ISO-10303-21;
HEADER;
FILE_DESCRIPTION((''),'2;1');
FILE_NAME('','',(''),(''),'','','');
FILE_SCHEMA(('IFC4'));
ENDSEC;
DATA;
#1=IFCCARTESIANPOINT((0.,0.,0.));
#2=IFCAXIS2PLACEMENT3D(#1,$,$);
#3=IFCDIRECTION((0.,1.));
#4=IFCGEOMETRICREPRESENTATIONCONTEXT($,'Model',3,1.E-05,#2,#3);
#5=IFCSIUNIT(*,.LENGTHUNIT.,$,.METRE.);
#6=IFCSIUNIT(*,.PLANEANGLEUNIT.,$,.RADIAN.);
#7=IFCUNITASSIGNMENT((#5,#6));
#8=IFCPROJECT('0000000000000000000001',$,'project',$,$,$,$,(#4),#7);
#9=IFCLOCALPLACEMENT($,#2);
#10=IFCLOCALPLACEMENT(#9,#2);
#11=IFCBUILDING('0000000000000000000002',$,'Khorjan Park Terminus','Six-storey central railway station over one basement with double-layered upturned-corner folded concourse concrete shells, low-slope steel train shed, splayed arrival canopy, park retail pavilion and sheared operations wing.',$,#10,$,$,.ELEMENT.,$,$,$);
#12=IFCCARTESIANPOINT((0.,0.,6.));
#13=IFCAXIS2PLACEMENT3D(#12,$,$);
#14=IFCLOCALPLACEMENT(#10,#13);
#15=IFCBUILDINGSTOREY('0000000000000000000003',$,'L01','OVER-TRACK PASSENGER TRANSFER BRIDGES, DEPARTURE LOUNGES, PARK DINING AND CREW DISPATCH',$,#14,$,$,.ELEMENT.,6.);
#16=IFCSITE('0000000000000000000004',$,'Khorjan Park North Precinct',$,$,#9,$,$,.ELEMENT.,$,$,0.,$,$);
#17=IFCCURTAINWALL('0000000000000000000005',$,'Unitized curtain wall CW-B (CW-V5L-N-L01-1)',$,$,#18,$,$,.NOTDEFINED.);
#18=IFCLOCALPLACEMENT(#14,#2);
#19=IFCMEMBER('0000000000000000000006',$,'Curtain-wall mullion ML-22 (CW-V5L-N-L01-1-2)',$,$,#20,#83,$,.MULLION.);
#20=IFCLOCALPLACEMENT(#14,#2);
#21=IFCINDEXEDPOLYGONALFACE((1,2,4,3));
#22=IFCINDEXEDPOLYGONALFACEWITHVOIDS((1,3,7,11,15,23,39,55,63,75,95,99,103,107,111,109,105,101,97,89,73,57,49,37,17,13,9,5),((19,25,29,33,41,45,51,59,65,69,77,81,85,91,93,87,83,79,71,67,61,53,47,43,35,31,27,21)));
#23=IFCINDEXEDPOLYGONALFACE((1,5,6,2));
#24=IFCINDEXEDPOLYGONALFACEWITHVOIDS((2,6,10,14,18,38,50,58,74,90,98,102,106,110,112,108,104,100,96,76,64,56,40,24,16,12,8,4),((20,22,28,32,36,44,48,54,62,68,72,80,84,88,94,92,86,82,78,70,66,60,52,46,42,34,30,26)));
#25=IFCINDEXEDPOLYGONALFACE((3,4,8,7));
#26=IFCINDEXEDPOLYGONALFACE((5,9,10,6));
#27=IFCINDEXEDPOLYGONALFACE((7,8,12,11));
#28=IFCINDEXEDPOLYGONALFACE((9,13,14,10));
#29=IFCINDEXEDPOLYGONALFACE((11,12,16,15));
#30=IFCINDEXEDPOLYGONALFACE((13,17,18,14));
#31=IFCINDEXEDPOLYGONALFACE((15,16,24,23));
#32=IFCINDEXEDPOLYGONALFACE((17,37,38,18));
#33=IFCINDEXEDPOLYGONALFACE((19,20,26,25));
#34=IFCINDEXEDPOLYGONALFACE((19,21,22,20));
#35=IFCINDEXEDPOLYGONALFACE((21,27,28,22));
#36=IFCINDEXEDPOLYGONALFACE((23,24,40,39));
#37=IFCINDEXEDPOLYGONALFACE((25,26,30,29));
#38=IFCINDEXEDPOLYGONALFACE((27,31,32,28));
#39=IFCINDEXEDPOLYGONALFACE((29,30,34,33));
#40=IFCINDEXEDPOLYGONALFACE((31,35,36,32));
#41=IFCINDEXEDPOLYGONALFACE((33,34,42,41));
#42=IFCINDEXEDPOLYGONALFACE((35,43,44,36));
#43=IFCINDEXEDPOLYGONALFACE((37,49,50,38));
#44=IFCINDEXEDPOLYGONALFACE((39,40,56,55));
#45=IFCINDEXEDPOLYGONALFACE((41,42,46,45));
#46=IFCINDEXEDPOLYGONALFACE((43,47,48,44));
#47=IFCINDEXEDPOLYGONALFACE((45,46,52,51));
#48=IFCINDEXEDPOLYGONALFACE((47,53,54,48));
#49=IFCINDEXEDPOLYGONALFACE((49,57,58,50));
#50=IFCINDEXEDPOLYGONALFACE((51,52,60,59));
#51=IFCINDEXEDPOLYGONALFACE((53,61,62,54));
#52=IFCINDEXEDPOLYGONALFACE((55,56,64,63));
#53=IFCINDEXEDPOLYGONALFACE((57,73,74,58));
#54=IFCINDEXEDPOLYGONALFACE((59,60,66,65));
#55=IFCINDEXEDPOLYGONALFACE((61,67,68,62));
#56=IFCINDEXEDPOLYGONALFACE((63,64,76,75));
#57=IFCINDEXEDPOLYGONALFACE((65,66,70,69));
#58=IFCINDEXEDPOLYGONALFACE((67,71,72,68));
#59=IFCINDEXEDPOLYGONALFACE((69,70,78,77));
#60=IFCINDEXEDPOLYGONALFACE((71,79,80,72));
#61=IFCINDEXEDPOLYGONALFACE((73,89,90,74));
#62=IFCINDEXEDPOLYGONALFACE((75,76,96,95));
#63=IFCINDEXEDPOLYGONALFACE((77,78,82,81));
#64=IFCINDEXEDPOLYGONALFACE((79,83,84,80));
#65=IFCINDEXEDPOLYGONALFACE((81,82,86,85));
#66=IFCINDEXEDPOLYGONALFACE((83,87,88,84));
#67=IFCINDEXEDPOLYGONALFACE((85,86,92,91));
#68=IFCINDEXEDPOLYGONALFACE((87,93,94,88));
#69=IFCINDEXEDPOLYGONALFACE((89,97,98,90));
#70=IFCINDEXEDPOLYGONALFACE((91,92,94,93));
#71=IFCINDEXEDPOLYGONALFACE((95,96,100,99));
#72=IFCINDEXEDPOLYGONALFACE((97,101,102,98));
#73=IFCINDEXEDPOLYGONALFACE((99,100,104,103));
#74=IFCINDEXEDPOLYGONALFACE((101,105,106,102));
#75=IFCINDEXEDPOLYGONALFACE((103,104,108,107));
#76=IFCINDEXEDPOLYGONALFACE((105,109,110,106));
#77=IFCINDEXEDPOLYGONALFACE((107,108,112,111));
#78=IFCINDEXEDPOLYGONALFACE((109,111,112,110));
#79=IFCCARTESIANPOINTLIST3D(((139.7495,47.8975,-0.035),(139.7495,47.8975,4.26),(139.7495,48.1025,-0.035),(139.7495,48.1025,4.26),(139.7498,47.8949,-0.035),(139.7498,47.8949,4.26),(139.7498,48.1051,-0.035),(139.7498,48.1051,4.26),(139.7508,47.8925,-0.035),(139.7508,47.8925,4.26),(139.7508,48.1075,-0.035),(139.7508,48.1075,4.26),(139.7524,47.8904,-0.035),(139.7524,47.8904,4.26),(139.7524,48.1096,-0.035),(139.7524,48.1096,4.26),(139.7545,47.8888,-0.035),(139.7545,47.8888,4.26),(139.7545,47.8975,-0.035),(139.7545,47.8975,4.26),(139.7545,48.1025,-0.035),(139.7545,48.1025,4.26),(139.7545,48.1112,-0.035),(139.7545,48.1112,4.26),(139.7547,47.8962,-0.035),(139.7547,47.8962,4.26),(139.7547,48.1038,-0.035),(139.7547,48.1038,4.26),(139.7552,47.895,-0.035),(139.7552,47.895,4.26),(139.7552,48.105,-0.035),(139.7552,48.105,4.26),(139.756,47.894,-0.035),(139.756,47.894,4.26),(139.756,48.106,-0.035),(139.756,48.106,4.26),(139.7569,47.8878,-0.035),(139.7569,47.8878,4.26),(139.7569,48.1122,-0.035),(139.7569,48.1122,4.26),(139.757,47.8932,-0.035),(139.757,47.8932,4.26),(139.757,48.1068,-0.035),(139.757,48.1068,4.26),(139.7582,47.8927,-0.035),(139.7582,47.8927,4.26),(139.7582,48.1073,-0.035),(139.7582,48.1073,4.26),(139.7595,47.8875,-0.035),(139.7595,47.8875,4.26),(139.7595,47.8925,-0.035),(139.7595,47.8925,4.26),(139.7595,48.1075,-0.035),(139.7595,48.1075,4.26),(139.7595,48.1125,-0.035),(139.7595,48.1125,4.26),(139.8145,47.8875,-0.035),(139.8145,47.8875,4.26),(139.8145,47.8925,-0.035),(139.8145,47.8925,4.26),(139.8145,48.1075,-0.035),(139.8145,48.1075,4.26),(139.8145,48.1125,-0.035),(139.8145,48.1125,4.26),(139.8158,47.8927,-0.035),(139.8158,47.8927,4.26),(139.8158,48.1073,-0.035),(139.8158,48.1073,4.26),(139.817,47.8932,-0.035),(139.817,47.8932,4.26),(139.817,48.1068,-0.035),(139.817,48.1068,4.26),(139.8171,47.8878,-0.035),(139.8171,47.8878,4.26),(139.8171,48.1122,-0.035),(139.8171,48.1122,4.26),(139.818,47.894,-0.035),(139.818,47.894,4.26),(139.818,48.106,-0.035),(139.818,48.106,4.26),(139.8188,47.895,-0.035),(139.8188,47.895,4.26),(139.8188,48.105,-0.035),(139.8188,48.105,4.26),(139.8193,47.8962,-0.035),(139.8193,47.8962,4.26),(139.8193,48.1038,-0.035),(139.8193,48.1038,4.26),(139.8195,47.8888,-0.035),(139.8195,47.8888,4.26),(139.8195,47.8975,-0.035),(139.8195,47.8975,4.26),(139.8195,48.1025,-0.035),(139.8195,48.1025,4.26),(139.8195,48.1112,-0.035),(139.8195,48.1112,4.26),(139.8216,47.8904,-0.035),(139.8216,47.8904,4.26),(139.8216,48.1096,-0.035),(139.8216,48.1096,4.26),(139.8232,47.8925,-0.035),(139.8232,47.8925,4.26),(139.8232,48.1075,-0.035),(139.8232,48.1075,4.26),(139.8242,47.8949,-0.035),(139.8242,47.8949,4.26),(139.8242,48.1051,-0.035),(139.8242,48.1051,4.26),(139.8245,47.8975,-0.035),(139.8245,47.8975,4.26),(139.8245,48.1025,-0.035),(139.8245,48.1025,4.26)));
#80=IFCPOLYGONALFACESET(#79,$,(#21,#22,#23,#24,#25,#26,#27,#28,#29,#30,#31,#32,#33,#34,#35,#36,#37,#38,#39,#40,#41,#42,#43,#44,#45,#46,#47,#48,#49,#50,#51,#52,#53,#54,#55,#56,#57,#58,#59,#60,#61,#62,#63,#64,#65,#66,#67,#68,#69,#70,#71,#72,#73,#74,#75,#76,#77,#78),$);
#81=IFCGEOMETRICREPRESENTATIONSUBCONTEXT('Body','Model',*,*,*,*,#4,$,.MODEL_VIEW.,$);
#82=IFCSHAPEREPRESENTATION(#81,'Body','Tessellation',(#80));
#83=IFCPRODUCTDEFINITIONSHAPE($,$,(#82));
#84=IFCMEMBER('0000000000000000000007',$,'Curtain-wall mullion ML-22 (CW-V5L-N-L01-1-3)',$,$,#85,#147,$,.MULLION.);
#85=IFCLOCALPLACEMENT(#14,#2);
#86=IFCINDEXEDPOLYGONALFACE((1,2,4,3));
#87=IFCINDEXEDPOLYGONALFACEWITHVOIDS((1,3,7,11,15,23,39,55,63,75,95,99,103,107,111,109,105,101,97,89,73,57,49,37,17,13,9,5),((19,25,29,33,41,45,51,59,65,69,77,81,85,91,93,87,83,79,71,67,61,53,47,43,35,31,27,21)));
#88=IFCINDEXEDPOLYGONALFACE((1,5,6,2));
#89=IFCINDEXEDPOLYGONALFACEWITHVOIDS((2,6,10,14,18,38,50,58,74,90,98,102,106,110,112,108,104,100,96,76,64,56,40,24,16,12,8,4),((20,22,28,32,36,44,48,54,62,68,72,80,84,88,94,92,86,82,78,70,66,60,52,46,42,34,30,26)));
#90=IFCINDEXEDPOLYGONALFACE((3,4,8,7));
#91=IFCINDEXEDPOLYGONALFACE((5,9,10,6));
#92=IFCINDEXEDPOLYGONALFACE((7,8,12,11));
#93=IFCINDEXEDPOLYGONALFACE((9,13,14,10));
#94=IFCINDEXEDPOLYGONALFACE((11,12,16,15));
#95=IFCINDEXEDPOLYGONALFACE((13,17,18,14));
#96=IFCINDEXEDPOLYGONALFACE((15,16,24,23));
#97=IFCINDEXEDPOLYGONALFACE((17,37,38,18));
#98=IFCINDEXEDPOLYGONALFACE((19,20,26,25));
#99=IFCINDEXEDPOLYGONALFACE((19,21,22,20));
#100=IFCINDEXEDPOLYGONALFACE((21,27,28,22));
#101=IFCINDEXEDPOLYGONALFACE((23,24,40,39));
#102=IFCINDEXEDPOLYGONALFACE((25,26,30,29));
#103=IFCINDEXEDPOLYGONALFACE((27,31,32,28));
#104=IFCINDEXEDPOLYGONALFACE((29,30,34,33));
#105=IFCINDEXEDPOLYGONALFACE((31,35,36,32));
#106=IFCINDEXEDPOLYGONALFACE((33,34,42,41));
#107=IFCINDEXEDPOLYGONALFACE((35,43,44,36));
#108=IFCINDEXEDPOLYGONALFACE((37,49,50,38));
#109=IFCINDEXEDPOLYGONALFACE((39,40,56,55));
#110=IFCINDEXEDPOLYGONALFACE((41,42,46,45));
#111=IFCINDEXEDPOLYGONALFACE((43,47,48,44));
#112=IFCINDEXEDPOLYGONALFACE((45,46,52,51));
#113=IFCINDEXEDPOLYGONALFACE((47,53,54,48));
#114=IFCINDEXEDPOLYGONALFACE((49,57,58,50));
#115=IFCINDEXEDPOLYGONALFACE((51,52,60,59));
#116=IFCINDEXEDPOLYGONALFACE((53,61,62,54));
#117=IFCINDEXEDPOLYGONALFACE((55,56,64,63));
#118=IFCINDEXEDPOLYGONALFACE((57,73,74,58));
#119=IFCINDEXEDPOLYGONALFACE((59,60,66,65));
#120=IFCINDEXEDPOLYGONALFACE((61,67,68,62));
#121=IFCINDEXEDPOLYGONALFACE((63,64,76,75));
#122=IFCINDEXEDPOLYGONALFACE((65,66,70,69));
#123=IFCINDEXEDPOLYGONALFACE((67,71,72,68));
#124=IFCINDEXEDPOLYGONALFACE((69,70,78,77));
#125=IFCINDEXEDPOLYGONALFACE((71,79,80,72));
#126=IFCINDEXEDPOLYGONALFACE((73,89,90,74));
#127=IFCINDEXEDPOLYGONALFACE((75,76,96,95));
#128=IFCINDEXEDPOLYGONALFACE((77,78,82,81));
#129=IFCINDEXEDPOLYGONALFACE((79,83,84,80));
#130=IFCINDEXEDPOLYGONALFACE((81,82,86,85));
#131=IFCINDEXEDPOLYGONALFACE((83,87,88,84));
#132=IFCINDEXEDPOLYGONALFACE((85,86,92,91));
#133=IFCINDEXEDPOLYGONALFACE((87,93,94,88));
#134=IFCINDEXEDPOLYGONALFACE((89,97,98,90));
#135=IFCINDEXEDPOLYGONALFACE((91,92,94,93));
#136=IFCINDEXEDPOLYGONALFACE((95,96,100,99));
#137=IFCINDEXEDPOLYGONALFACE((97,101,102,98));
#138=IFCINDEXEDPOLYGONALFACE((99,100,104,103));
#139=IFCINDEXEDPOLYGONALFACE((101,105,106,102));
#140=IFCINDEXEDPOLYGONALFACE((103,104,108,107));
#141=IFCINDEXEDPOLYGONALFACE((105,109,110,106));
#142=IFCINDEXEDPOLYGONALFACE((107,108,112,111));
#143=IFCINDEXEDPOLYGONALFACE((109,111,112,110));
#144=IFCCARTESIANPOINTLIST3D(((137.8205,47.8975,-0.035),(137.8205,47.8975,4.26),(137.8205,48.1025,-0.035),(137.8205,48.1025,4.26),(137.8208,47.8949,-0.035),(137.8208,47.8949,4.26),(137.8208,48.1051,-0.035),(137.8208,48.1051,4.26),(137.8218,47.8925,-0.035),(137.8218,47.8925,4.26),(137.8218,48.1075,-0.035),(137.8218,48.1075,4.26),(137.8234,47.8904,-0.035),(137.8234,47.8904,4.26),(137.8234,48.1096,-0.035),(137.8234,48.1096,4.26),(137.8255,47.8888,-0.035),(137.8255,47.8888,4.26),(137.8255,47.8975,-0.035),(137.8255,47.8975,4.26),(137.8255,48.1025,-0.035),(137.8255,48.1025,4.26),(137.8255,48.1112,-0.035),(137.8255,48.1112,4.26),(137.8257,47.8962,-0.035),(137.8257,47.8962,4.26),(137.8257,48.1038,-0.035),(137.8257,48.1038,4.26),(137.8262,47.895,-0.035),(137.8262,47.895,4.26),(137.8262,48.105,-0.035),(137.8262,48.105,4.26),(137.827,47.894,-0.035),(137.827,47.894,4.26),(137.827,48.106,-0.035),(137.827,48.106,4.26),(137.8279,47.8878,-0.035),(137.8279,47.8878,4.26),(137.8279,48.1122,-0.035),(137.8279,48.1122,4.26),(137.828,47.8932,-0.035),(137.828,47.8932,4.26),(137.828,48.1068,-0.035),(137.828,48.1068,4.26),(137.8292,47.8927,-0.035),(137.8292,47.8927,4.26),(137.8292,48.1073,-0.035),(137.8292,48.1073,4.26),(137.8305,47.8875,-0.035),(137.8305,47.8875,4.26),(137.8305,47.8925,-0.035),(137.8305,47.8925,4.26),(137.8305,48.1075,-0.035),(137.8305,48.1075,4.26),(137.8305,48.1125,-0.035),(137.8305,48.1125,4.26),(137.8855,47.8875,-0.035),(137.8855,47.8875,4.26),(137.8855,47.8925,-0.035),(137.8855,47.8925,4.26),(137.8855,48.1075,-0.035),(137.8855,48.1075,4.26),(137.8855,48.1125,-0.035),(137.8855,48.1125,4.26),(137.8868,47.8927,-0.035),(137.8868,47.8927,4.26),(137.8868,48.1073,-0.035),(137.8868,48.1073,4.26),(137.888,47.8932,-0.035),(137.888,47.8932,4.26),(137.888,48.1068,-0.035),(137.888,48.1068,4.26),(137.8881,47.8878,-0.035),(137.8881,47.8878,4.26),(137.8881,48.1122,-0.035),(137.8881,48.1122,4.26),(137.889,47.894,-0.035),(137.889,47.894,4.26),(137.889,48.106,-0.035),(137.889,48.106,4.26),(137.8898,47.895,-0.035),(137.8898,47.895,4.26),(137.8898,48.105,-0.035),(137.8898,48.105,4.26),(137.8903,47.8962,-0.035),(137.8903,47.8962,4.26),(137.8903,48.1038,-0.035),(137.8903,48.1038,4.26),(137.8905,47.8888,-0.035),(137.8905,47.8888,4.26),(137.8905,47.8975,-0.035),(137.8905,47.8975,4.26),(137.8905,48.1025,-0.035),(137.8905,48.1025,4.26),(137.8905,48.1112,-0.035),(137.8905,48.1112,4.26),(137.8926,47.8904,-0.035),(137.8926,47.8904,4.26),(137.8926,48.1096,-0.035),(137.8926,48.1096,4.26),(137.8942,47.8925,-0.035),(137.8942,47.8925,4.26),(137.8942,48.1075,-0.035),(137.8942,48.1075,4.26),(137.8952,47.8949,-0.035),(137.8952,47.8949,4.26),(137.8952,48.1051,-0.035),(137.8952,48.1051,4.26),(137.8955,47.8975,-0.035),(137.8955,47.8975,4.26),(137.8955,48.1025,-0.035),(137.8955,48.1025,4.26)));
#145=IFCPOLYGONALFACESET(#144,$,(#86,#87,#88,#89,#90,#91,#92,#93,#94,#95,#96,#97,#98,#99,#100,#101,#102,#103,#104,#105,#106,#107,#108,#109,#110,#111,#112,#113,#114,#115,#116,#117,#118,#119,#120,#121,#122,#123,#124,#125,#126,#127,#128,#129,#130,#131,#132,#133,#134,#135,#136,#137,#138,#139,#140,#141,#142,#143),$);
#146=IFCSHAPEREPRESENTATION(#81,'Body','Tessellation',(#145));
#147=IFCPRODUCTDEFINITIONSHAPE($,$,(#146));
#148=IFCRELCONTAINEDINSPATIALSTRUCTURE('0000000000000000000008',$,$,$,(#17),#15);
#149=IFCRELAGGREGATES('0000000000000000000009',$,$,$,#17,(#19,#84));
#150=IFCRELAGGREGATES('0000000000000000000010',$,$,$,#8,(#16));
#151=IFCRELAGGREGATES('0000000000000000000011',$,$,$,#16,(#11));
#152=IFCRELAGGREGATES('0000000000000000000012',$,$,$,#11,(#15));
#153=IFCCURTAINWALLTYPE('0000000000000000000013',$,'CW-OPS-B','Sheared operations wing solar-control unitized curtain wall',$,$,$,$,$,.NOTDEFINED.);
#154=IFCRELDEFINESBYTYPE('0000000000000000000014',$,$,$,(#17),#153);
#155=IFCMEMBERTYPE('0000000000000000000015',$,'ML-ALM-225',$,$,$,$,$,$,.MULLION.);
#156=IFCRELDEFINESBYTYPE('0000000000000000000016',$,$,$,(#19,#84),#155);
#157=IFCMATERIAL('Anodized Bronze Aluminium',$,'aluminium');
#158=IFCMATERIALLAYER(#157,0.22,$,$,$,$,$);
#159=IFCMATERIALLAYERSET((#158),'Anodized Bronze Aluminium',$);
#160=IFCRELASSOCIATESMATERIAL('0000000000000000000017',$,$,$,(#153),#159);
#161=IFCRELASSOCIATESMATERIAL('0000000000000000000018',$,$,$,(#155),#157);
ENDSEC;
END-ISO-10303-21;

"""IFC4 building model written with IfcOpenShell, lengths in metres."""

from ifc_helpers import new_model, si_unit, direction, frame, origin, origin_2d, place, context, subcontext, project, spatial, hollow_rectangle, extrude, material, layer, layer_set, material_profile, profile_set, type_object, element, aggregate, save


model = new_model("IFC4")

# Units and contexts
model_context = context("Model", 3, precision=1e-05, world=origin(), true_north=direction((0.0, 1.0)))
body_context = subcontext(model_context, "Body", "Model", "MODEL_VIEW")
ifc_project = project(units=[si_unit("LENGTHUNIT", "METRE"), si_unit("PLANEANGLEUNIT", "RADIAN")], contexts=[model_context])

# Site, building, storey
site_placement = place(None, origin())
site = spatial("IfcSite", under=ifc_project, at=site_placement, Name="Khorjan Park North Precinct", CompositionType="ELEMENT", RefElevation=0.0)
building_placement = place(site_placement, origin())
building = spatial("IfcBuilding", under=site, at=building_placement, Name="Khorjan Park Terminus", Description="Six-storey central railway station over one basement with double-layered upturned-corner folded concourse concrete shells, low-slope steel train shed, splayed arrival canopy, park retail pavilion and sheared operations wing.", CompositionType="ELEMENT")
storey_placement = place(building_placement, frame((0.0, 0.0, 6.0)))
storey = spatial("IfcBuildingStorey", under=building, at=storey_placement, Name="L01", Description="OVER-TRACK PASSENGER TRANSFER BRIDGES, DEPARTURE LOUNGES, PARK DINING AND CREW DISPATCH", CompositionType="ELEMENT", Elevation=6.0)

# Curtain wall, members
ifc_material_1 = material(Name="Anodized Bronze Aluminium", Category="aluminium")
ifc_layer_1 = layer(ifc_material_1, 0.22)
ifc_layer_set_1 = layer_set([ifc_layer_1], Name="Anodized Bronze Aluminium")
curtain_wall_type = type_object("IfcCurtainWallType", Name="CW-OPS-B", Description="Sheared operations wing solar-control unitized curtain wall", PredefinedType="NOTDEFINED", material=ifc_layer_set_1)
curtain_wall_1_placement = place(storey_placement, origin())
curtain_wall_1 = element("IfcCurtainWall", 1, at=curtain_wall_1_placement, inside=storey, type_object=curtain_wall_type, Name="Unitized curtain wall CW-B (CW-V5L-N-L01-1)", PredefinedType="NOTDEFINED")
ifc_material_profile_1 = material_profile(ifc_material_1, hollow_rectangle(XDim=0.075, YDim=0.225, WallThickness=0.005, InnerFilletRadius=0.005, OuterFilletRadius=0.01, at=origin_2d()), Name="ALM 75x225x5")
ifc_profile_set_1 = profile_set([ifc_material_profile_1], Name="Anodized Bronze Aluminium")
member_type_1 = type_object("IfcMemberType", Name="ML-ALM-225", PredefinedType="MULLION", material=ifc_profile_set_1)
member_1_placement = place(storey_placement, frame((139.787, 48.0, -0.035), z_axis=(0.0, 0.0, 1.0), x_axis=(-1.0, 0.0, 0.0)))
member_1 = element("IfcMember", 2, at=member_1_placement, type_object=member_type_1, Name="Curtain-wall mullion ML-22 (CW-V5L-N-L01-1-2)", PredefinedType="MULLION", context=body_context, shape_type="SweptSolid", body=[
    extrude(hollow_rectangle(XDim=0.075, YDim=0.225, WallThickness=0.005, InnerFilletRadius=0.005, OuterFilletRadius=0.01, at=origin_2d()), origin(), (0.0, 0.0, 1.0), 4.295),
])
member_2_placement = place(storey_placement, frame((137.858, 48.0, -0.035), z_axis=(0.0, 0.0, 1.0), x_axis=(-1.0, 0.0, 0.0)))
member_2 = element("IfcMember", 3, at=member_2_placement, type_object=member_type_1, Name="Curtain-wall mullion ML-22 (CW-V5L-N-L01-1-3)", PredefinedType="MULLION", context=body_context, shape_type="SweptSolid", body=[
    extrude(hollow_rectangle(XDim=0.075, YDim=0.225, WallThickness=0.005, InnerFilletRadius=0.005, OuterFilletRadius=0.01, at=origin_2d()), origin(), (0.0, 0.0, 1.0), 4.295),
])

aggregate(curtain_wall_1, [member_1, member_2])

save(model, "model.ifc")
